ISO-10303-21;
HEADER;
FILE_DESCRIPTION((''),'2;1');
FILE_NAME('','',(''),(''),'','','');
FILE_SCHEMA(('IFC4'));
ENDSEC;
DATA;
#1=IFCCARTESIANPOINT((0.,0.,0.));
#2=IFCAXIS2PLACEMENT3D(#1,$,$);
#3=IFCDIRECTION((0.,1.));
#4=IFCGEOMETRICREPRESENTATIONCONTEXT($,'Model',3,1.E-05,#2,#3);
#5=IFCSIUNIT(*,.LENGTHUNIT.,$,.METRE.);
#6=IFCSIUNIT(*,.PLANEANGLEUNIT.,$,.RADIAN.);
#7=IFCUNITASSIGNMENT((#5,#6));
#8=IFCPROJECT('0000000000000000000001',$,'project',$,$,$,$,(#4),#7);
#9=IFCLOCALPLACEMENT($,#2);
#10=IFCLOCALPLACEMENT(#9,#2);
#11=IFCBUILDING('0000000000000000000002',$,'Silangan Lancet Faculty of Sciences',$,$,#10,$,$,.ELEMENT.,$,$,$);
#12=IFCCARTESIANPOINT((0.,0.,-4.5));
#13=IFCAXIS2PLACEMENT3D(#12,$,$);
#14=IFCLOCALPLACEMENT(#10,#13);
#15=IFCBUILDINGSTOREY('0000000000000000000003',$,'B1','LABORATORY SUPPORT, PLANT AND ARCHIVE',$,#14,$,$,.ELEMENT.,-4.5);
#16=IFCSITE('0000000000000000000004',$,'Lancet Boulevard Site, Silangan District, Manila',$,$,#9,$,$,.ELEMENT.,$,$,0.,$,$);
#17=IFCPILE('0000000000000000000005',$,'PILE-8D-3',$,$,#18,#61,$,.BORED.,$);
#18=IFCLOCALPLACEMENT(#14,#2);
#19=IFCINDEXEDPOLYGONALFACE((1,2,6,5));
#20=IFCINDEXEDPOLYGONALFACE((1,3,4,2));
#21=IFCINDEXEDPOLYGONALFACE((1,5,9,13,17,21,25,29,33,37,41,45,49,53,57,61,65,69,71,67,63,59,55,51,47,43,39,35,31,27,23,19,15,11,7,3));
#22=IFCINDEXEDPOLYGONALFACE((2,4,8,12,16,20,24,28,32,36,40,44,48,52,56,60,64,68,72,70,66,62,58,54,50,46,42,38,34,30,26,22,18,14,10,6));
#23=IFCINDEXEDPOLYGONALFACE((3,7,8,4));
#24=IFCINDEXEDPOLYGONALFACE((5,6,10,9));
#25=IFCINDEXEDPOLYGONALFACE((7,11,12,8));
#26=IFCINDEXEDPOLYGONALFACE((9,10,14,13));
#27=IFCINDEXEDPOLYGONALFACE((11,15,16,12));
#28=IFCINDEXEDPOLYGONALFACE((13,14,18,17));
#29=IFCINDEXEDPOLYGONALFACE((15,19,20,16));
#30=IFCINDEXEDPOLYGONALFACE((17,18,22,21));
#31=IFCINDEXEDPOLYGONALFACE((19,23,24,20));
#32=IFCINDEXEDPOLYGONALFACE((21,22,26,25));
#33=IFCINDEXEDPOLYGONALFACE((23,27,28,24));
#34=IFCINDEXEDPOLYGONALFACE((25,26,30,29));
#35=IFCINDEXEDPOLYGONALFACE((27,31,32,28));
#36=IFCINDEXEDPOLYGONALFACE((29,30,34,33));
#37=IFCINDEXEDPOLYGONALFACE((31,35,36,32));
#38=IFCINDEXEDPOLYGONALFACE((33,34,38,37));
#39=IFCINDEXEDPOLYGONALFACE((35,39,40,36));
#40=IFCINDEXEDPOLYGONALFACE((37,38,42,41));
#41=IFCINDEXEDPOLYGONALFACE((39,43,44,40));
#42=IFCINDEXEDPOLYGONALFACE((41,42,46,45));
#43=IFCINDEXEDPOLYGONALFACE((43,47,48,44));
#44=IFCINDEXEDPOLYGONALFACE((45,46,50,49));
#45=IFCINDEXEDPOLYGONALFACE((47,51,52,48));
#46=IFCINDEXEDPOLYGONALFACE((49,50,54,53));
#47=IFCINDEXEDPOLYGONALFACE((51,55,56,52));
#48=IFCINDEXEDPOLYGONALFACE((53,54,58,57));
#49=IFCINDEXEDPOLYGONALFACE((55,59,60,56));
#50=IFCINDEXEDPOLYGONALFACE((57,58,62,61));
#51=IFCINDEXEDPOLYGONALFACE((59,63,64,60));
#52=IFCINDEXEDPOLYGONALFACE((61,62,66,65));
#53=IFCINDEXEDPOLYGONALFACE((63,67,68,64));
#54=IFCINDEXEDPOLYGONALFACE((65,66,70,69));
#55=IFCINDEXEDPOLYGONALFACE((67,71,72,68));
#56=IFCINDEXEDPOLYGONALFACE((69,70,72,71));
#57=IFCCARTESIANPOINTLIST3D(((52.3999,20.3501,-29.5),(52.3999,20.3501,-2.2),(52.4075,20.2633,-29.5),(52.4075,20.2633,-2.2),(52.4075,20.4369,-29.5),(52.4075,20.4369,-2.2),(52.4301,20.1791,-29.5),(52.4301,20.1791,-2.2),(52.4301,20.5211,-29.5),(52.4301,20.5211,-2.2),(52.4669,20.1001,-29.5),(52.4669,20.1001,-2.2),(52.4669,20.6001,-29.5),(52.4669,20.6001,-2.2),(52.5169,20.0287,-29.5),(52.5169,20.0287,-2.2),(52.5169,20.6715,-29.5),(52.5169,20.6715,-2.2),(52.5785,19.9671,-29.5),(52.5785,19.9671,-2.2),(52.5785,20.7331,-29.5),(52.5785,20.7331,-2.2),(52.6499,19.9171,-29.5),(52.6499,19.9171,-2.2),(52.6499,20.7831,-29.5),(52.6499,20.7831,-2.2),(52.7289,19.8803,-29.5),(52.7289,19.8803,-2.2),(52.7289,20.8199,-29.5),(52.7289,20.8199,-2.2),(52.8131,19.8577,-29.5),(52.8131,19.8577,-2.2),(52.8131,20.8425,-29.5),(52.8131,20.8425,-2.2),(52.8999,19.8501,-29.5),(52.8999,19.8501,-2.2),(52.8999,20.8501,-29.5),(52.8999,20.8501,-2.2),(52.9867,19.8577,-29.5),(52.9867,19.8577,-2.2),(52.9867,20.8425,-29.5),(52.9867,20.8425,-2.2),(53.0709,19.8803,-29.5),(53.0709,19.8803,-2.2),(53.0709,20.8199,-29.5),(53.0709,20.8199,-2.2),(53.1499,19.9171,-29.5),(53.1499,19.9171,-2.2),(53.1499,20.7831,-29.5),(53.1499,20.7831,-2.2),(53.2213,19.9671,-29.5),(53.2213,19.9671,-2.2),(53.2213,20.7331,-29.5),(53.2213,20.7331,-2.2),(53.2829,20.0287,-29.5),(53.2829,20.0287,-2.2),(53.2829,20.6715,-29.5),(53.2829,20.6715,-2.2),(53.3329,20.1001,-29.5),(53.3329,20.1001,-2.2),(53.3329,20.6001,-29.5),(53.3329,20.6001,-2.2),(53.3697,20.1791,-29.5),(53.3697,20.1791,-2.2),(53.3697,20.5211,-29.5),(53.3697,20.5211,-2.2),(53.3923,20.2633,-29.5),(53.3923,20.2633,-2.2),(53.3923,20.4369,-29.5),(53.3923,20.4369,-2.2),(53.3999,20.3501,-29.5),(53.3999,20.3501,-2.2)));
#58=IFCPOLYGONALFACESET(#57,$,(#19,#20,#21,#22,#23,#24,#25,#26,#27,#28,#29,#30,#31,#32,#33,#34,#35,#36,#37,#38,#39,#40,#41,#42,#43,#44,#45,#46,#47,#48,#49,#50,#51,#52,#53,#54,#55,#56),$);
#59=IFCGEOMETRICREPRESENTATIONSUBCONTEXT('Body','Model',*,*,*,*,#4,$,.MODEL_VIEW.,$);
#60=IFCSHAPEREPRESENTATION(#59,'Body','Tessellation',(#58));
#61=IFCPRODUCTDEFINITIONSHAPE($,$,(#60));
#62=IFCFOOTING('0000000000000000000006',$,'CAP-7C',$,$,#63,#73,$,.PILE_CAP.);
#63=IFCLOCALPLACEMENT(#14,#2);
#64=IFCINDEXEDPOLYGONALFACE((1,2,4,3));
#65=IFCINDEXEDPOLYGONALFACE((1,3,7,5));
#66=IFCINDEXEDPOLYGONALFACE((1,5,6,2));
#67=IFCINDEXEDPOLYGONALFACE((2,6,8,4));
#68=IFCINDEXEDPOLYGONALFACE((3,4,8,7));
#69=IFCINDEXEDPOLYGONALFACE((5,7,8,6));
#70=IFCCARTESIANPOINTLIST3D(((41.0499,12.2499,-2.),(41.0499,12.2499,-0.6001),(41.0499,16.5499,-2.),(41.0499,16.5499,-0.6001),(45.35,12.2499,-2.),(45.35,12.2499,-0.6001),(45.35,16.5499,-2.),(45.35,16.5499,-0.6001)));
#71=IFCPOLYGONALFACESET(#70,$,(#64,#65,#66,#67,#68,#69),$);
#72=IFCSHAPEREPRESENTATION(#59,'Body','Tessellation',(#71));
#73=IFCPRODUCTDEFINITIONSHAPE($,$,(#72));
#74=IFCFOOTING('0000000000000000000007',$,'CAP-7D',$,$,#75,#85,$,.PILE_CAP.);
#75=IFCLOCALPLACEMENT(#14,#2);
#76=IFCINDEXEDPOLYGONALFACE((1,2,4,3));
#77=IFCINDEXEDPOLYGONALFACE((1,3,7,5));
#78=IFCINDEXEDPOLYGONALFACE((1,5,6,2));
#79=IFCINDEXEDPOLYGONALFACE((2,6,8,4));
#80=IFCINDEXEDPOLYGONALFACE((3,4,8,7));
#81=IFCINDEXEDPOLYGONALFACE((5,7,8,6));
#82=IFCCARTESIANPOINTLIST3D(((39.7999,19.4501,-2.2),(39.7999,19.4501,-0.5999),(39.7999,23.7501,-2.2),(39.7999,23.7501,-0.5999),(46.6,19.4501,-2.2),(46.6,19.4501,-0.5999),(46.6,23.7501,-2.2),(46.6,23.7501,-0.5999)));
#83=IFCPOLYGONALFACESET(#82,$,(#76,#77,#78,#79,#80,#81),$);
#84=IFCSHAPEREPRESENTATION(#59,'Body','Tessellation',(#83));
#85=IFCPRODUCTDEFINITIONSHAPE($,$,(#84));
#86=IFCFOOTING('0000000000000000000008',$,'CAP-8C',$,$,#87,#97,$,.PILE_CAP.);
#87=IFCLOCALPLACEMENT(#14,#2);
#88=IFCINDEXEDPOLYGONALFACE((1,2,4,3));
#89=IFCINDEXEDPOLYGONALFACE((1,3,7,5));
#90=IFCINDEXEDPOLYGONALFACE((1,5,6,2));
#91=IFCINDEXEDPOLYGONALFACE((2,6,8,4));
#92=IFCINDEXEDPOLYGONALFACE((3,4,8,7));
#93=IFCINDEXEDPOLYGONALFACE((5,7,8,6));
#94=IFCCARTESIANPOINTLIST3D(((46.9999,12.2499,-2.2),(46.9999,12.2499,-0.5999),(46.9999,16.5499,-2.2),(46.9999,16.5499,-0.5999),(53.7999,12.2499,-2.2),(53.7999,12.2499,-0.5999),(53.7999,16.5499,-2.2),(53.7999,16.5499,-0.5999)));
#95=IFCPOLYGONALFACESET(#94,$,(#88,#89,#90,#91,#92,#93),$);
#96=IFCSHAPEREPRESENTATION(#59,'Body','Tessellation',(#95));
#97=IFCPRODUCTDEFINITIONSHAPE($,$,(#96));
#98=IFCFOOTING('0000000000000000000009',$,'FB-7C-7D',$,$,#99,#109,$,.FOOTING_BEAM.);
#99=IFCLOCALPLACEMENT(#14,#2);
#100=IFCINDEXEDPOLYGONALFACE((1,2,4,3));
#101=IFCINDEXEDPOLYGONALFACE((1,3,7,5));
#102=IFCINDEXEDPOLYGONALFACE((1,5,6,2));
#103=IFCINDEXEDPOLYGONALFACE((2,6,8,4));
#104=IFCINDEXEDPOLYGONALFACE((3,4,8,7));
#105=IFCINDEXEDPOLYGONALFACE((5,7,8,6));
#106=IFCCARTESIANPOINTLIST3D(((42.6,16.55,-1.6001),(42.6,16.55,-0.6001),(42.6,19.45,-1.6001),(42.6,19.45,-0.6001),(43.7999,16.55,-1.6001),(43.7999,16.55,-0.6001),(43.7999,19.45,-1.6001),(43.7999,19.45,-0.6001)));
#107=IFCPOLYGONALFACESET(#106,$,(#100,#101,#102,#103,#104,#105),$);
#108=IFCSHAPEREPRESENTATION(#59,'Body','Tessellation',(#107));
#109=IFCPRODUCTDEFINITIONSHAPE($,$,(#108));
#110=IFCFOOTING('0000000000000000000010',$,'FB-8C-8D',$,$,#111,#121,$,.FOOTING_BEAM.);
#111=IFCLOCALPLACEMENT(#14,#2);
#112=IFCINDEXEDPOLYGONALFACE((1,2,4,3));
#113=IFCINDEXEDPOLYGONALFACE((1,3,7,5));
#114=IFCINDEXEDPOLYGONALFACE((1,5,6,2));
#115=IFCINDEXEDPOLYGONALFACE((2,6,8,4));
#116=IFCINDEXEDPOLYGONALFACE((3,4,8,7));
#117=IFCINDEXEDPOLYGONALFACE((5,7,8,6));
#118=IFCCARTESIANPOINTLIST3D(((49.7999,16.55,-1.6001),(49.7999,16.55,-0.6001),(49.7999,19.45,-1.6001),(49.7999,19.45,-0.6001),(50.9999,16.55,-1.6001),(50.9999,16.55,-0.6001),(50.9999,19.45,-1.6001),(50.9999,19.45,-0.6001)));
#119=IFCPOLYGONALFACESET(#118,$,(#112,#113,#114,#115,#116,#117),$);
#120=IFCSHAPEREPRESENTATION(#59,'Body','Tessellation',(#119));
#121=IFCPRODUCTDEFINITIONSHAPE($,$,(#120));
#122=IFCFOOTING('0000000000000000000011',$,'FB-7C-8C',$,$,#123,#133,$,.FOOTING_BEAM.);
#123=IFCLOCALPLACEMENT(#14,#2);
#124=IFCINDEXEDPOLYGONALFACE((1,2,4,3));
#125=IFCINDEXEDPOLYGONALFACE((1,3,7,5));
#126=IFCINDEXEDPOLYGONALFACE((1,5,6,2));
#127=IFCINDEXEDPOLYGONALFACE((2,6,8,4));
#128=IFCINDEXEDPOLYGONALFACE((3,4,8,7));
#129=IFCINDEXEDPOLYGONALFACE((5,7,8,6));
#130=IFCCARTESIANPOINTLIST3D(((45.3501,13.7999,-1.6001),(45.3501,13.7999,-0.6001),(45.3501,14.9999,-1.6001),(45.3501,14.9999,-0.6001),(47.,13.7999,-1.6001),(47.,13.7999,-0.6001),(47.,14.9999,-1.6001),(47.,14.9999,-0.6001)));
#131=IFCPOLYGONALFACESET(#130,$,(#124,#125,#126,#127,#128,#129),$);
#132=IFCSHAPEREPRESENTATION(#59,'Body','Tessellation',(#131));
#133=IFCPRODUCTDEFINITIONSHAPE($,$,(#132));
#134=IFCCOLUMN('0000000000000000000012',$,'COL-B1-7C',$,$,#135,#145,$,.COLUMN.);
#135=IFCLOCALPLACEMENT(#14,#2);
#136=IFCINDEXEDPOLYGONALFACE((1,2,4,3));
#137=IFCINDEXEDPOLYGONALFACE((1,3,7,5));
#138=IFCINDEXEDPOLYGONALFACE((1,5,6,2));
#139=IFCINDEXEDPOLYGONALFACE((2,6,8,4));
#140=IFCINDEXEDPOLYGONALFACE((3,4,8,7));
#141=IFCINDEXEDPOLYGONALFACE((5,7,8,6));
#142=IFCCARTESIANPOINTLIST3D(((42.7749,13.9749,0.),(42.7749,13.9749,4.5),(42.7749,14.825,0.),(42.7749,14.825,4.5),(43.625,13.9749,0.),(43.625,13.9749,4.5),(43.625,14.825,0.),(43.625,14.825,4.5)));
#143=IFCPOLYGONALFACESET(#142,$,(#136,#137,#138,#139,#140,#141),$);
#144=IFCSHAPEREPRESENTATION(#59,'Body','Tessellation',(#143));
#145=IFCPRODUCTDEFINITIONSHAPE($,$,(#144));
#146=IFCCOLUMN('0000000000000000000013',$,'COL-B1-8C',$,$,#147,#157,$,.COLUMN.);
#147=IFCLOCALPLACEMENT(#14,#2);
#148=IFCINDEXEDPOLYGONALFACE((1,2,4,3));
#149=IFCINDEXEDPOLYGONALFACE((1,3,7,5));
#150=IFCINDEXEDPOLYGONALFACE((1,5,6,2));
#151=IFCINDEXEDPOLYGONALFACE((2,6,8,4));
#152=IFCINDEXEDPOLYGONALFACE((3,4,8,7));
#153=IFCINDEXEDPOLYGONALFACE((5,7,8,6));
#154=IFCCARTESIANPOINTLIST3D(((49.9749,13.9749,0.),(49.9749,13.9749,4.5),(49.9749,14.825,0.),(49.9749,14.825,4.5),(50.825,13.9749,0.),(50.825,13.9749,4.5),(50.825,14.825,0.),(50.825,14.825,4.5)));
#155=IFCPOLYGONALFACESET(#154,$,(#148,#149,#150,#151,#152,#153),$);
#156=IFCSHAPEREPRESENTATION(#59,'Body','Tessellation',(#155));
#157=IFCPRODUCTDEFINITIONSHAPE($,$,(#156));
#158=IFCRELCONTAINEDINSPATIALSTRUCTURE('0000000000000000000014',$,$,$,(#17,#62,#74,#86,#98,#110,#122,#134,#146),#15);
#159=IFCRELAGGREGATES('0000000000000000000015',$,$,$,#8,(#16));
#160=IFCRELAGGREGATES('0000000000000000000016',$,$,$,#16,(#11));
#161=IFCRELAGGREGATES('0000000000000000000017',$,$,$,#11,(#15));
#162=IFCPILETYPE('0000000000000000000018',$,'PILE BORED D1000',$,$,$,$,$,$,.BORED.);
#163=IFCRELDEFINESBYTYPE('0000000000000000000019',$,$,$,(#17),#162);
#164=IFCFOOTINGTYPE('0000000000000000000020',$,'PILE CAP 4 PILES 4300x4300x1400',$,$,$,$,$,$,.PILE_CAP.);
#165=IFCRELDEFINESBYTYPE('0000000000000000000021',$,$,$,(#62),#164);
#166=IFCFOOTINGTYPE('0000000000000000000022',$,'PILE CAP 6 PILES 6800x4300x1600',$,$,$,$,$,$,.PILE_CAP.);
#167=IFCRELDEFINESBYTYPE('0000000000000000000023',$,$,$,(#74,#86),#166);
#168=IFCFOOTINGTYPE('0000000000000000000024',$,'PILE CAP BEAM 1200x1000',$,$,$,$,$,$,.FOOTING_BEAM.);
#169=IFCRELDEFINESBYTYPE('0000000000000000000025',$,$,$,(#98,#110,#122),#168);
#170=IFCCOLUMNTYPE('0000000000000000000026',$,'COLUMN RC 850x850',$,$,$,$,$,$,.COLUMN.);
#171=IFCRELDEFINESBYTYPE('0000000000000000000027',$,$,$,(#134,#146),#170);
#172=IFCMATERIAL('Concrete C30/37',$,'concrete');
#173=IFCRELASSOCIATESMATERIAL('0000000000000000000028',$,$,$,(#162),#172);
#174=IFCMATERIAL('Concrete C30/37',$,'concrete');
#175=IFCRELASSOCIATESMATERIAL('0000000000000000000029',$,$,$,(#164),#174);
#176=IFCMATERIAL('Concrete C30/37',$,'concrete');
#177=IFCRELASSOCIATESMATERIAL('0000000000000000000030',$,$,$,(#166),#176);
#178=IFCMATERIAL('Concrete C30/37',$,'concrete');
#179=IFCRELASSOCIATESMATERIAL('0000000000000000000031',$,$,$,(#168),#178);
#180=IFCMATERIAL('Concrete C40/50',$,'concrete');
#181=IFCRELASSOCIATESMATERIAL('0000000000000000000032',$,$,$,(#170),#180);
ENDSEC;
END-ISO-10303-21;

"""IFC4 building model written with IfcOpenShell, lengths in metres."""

from ifc_helpers import new_model, si_unit, direction, frame, origin, origin_2d, place, context, subcontext, project, spatial, rectangle, circle, extrude, material, material_profile, profile_set, type_object, element, save


model = new_model("IFC4")

# Units and contexts
model_context = context("Model", 3, precision=1e-05, world=origin(), true_north=direction((0.0, 1.0)))
body_context = subcontext(model_context, "Body", "Model", "MODEL_VIEW")
ifc_project = project(units=[si_unit("LENGTHUNIT", "METRE"), si_unit("PLANEANGLEUNIT", "RADIAN")], contexts=[model_context])

# Site, building, storey
site_placement = place(None, origin())
site = spatial("IfcSite", under=ifc_project, at=site_placement, Name="Lancet Boulevard Site, Silangan District, Manila", CompositionType="ELEMENT", RefElevation=0.0)
building_placement = place(site_placement, origin())
building = spatial("IfcBuilding", under=site, at=building_placement, Name="Silangan Lancet Faculty of Sciences", CompositionType="ELEMENT")
storey_placement = place(building_placement, frame((0.0, 0.0, -4.5)))
storey = spatial("IfcBuildingStorey", under=building, at=storey_placement, Name="B1", Description="LABORATORY SUPPORT, PLANT AND ARCHIVE", CompositionType="ELEMENT", Elevation=-4.5)

# Pile
ifc_material_1 = material(Name="Concrete C30/37", Category="concrete")
ifc_material_profile_1 = material_profile(ifc_material_1, circle(Radius=0.5, at=origin_2d()), Name="BORED PILE D1000")
ifc_profile_set_1 = profile_set([ifc_material_profile_1], Name="Concrete C30/37")
pile_type = type_object("IfcPileType", Name="PILE BORED D1000", PredefinedType="BORED", material=ifc_profile_set_1)
for number, where, z_axis, x_axis, name in (
    (1, (52.8999, 20.3501, -2.2), (0.0, 0.0, -1.0), (1.0, 0.0, 0.0), "PILE-8D-3"),
):
    element("IfcPile", number, at=place(storey_placement, frame(where, z_axis=z_axis, x_axis=x_axis)), inside=storey, type_object=pile_type, Name=name, PredefinedType="BORED", context=body_context, shape_type="SweptSolid", body=[
        extrude(circle(Radius=0.5, at=origin_2d()), origin(), (0.0, 0.0, 1.0), 27.3),
    ])

# Footings
ifc_material_2 = material(Name="Concrete C30/37", Category="concrete")
footing_type_1 = type_object("IfcFootingType", Name="PILE CAP 4 PILES 4300x4300x1400", PredefinedType="PILE_CAP", material=ifc_material_2)
footing_1_placement = place(storey_placement, frame((43.2, 14.3999, -2.0), z_axis=(0.0, 0.0, 1.0), x_axis=(1.0, 0.0, 0.0)))
element("IfcFooting", 2, at=footing_1_placement, inside=storey, type_object=footing_type_1, Name="CAP-7C", PredefinedType="PILE_CAP", context=body_context, shape_type="SweptSolid", body=[
    extrude(rectangle(XDim=4.3, YDim=4.3, at=origin_2d()), origin(), (0.0, 0.0, 1.0), 1.3999),
])
ifc_material_3 = material(Name="Concrete C30/37", Category="concrete")
footing_type_2 = type_object("IfcFootingType", Name="PILE CAP 6 PILES 6800x4300x1600", PredefinedType="PILE_CAP", material=ifc_material_3)
for number, where, z_axis, x_axis, name in (
    (3, (43.2, 21.6001, -2.2), (0.0, 0.0, 1.0), (1.0, 0.0, 0.0), "CAP-7D"),
    (4, (50.3999, 14.3999, -2.2), (0.0, 0.0, 1.0), (1.0, 0.0, 0.0), "CAP-8C"),
):
    element("IfcFooting", number, at=place(storey_placement, frame(where, z_axis=z_axis, x_axis=x_axis)), inside=storey, type_object=footing_type_2, Name=name, PredefinedType="PILE_CAP", context=body_context, shape_type="SweptSolid", body=[
        extrude(rectangle(XDim=6.8, YDim=4.3, at=origin_2d()), origin(), (0.0, 0.0, 1.0), 1.6001),
    ])
ifc_material_4 = material(Name="Concrete C30/37", Category="concrete")
footing_type_3 = type_object("IfcFootingType", Name="PILE CAP BEAM 1200x1000", PredefinedType="FOOTING_BEAM", material=ifc_material_4)
for number, where, z_axis, x_axis, name in (
    (5, (43.2, 18.0, -1.6001), (0.0, 0.0, 1.0), (0.0, 1.0, 0.0), "FB-7C-7D"),
    (6, (50.3999, 18.0, -1.6001), (0.0, 0.0, 1.0), (0.0, 1.0, 0.0), "FB-8C-8D"),
):
    element("IfcFooting", number, at=place(storey_placement, frame(where, z_axis=z_axis, x_axis=x_axis)), inside=storey, type_object=footing_type_3, Name=name, PredefinedType="FOOTING_BEAM", context=body_context, shape_type="SweptSolid", body=[
        extrude(rectangle(XDim=2.8999, YDim=1.2, at=origin_2d()), origin(), (0.0, 0.0, 1.0), 1.0),
    ])
footing_2_placement = place(storey_placement, frame((46.175, 14.3999, -1.6001), z_axis=(0.0, 0.0, 1.0), x_axis=(1.0, 0.0, 0.0)))
element("IfcFooting", 7, at=footing_2_placement, inside=storey, type_object=footing_type_3, Name="FB-7C-8C", PredefinedType="FOOTING_BEAM", context=body_context, shape_type="SweptSolid", body=[
    extrude(rectangle(XDim=1.6499, YDim=1.2, at=origin_2d()), origin(), (0.0, 0.0, 1.0), 1.0),
])

# Columns
ifc_material_5 = material(Name="Concrete C40/50", Category="concrete")
ifc_material_profile_2 = material_profile(ifc_material_5, rectangle(XDim=0.8501, YDim=0.8501, at=origin_2d()), Name="RC 850x850")
ifc_profile_set_2 = profile_set([ifc_material_profile_2], Name="Concrete C40/50")
column_type = type_object("IfcColumnType", Name="COLUMN RC 850x850", PredefinedType="COLUMN", material=ifc_profile_set_2)
for number, where, z_axis, x_axis, name in (
    (8, (43.2, 14.3999, 0.0), (0.0, 0.0, 1.0), (1.0, 0.0, 0.0), "COL-B1-7C"),
    (9, (50.3999, 14.3999, 0.0), (0.0, 0.0, 1.0), (1.0, 0.0, 0.0), "COL-B1-8C"),
):
    element("IfcColumn", number, at=place(storey_placement, frame(where, z_axis=z_axis, x_axis=x_axis)), inside=storey, type_object=column_type, Name=name, PredefinedType="COLUMN", context=body_context, shape_type="SweptSolid", body=[
        extrude(rectangle(XDim=0.8501, YDim=0.8501, at=origin_2d()), origin(), (0.0, 0.0, 1.0), 4.5),
    ])

save(model, "model.ifc")
